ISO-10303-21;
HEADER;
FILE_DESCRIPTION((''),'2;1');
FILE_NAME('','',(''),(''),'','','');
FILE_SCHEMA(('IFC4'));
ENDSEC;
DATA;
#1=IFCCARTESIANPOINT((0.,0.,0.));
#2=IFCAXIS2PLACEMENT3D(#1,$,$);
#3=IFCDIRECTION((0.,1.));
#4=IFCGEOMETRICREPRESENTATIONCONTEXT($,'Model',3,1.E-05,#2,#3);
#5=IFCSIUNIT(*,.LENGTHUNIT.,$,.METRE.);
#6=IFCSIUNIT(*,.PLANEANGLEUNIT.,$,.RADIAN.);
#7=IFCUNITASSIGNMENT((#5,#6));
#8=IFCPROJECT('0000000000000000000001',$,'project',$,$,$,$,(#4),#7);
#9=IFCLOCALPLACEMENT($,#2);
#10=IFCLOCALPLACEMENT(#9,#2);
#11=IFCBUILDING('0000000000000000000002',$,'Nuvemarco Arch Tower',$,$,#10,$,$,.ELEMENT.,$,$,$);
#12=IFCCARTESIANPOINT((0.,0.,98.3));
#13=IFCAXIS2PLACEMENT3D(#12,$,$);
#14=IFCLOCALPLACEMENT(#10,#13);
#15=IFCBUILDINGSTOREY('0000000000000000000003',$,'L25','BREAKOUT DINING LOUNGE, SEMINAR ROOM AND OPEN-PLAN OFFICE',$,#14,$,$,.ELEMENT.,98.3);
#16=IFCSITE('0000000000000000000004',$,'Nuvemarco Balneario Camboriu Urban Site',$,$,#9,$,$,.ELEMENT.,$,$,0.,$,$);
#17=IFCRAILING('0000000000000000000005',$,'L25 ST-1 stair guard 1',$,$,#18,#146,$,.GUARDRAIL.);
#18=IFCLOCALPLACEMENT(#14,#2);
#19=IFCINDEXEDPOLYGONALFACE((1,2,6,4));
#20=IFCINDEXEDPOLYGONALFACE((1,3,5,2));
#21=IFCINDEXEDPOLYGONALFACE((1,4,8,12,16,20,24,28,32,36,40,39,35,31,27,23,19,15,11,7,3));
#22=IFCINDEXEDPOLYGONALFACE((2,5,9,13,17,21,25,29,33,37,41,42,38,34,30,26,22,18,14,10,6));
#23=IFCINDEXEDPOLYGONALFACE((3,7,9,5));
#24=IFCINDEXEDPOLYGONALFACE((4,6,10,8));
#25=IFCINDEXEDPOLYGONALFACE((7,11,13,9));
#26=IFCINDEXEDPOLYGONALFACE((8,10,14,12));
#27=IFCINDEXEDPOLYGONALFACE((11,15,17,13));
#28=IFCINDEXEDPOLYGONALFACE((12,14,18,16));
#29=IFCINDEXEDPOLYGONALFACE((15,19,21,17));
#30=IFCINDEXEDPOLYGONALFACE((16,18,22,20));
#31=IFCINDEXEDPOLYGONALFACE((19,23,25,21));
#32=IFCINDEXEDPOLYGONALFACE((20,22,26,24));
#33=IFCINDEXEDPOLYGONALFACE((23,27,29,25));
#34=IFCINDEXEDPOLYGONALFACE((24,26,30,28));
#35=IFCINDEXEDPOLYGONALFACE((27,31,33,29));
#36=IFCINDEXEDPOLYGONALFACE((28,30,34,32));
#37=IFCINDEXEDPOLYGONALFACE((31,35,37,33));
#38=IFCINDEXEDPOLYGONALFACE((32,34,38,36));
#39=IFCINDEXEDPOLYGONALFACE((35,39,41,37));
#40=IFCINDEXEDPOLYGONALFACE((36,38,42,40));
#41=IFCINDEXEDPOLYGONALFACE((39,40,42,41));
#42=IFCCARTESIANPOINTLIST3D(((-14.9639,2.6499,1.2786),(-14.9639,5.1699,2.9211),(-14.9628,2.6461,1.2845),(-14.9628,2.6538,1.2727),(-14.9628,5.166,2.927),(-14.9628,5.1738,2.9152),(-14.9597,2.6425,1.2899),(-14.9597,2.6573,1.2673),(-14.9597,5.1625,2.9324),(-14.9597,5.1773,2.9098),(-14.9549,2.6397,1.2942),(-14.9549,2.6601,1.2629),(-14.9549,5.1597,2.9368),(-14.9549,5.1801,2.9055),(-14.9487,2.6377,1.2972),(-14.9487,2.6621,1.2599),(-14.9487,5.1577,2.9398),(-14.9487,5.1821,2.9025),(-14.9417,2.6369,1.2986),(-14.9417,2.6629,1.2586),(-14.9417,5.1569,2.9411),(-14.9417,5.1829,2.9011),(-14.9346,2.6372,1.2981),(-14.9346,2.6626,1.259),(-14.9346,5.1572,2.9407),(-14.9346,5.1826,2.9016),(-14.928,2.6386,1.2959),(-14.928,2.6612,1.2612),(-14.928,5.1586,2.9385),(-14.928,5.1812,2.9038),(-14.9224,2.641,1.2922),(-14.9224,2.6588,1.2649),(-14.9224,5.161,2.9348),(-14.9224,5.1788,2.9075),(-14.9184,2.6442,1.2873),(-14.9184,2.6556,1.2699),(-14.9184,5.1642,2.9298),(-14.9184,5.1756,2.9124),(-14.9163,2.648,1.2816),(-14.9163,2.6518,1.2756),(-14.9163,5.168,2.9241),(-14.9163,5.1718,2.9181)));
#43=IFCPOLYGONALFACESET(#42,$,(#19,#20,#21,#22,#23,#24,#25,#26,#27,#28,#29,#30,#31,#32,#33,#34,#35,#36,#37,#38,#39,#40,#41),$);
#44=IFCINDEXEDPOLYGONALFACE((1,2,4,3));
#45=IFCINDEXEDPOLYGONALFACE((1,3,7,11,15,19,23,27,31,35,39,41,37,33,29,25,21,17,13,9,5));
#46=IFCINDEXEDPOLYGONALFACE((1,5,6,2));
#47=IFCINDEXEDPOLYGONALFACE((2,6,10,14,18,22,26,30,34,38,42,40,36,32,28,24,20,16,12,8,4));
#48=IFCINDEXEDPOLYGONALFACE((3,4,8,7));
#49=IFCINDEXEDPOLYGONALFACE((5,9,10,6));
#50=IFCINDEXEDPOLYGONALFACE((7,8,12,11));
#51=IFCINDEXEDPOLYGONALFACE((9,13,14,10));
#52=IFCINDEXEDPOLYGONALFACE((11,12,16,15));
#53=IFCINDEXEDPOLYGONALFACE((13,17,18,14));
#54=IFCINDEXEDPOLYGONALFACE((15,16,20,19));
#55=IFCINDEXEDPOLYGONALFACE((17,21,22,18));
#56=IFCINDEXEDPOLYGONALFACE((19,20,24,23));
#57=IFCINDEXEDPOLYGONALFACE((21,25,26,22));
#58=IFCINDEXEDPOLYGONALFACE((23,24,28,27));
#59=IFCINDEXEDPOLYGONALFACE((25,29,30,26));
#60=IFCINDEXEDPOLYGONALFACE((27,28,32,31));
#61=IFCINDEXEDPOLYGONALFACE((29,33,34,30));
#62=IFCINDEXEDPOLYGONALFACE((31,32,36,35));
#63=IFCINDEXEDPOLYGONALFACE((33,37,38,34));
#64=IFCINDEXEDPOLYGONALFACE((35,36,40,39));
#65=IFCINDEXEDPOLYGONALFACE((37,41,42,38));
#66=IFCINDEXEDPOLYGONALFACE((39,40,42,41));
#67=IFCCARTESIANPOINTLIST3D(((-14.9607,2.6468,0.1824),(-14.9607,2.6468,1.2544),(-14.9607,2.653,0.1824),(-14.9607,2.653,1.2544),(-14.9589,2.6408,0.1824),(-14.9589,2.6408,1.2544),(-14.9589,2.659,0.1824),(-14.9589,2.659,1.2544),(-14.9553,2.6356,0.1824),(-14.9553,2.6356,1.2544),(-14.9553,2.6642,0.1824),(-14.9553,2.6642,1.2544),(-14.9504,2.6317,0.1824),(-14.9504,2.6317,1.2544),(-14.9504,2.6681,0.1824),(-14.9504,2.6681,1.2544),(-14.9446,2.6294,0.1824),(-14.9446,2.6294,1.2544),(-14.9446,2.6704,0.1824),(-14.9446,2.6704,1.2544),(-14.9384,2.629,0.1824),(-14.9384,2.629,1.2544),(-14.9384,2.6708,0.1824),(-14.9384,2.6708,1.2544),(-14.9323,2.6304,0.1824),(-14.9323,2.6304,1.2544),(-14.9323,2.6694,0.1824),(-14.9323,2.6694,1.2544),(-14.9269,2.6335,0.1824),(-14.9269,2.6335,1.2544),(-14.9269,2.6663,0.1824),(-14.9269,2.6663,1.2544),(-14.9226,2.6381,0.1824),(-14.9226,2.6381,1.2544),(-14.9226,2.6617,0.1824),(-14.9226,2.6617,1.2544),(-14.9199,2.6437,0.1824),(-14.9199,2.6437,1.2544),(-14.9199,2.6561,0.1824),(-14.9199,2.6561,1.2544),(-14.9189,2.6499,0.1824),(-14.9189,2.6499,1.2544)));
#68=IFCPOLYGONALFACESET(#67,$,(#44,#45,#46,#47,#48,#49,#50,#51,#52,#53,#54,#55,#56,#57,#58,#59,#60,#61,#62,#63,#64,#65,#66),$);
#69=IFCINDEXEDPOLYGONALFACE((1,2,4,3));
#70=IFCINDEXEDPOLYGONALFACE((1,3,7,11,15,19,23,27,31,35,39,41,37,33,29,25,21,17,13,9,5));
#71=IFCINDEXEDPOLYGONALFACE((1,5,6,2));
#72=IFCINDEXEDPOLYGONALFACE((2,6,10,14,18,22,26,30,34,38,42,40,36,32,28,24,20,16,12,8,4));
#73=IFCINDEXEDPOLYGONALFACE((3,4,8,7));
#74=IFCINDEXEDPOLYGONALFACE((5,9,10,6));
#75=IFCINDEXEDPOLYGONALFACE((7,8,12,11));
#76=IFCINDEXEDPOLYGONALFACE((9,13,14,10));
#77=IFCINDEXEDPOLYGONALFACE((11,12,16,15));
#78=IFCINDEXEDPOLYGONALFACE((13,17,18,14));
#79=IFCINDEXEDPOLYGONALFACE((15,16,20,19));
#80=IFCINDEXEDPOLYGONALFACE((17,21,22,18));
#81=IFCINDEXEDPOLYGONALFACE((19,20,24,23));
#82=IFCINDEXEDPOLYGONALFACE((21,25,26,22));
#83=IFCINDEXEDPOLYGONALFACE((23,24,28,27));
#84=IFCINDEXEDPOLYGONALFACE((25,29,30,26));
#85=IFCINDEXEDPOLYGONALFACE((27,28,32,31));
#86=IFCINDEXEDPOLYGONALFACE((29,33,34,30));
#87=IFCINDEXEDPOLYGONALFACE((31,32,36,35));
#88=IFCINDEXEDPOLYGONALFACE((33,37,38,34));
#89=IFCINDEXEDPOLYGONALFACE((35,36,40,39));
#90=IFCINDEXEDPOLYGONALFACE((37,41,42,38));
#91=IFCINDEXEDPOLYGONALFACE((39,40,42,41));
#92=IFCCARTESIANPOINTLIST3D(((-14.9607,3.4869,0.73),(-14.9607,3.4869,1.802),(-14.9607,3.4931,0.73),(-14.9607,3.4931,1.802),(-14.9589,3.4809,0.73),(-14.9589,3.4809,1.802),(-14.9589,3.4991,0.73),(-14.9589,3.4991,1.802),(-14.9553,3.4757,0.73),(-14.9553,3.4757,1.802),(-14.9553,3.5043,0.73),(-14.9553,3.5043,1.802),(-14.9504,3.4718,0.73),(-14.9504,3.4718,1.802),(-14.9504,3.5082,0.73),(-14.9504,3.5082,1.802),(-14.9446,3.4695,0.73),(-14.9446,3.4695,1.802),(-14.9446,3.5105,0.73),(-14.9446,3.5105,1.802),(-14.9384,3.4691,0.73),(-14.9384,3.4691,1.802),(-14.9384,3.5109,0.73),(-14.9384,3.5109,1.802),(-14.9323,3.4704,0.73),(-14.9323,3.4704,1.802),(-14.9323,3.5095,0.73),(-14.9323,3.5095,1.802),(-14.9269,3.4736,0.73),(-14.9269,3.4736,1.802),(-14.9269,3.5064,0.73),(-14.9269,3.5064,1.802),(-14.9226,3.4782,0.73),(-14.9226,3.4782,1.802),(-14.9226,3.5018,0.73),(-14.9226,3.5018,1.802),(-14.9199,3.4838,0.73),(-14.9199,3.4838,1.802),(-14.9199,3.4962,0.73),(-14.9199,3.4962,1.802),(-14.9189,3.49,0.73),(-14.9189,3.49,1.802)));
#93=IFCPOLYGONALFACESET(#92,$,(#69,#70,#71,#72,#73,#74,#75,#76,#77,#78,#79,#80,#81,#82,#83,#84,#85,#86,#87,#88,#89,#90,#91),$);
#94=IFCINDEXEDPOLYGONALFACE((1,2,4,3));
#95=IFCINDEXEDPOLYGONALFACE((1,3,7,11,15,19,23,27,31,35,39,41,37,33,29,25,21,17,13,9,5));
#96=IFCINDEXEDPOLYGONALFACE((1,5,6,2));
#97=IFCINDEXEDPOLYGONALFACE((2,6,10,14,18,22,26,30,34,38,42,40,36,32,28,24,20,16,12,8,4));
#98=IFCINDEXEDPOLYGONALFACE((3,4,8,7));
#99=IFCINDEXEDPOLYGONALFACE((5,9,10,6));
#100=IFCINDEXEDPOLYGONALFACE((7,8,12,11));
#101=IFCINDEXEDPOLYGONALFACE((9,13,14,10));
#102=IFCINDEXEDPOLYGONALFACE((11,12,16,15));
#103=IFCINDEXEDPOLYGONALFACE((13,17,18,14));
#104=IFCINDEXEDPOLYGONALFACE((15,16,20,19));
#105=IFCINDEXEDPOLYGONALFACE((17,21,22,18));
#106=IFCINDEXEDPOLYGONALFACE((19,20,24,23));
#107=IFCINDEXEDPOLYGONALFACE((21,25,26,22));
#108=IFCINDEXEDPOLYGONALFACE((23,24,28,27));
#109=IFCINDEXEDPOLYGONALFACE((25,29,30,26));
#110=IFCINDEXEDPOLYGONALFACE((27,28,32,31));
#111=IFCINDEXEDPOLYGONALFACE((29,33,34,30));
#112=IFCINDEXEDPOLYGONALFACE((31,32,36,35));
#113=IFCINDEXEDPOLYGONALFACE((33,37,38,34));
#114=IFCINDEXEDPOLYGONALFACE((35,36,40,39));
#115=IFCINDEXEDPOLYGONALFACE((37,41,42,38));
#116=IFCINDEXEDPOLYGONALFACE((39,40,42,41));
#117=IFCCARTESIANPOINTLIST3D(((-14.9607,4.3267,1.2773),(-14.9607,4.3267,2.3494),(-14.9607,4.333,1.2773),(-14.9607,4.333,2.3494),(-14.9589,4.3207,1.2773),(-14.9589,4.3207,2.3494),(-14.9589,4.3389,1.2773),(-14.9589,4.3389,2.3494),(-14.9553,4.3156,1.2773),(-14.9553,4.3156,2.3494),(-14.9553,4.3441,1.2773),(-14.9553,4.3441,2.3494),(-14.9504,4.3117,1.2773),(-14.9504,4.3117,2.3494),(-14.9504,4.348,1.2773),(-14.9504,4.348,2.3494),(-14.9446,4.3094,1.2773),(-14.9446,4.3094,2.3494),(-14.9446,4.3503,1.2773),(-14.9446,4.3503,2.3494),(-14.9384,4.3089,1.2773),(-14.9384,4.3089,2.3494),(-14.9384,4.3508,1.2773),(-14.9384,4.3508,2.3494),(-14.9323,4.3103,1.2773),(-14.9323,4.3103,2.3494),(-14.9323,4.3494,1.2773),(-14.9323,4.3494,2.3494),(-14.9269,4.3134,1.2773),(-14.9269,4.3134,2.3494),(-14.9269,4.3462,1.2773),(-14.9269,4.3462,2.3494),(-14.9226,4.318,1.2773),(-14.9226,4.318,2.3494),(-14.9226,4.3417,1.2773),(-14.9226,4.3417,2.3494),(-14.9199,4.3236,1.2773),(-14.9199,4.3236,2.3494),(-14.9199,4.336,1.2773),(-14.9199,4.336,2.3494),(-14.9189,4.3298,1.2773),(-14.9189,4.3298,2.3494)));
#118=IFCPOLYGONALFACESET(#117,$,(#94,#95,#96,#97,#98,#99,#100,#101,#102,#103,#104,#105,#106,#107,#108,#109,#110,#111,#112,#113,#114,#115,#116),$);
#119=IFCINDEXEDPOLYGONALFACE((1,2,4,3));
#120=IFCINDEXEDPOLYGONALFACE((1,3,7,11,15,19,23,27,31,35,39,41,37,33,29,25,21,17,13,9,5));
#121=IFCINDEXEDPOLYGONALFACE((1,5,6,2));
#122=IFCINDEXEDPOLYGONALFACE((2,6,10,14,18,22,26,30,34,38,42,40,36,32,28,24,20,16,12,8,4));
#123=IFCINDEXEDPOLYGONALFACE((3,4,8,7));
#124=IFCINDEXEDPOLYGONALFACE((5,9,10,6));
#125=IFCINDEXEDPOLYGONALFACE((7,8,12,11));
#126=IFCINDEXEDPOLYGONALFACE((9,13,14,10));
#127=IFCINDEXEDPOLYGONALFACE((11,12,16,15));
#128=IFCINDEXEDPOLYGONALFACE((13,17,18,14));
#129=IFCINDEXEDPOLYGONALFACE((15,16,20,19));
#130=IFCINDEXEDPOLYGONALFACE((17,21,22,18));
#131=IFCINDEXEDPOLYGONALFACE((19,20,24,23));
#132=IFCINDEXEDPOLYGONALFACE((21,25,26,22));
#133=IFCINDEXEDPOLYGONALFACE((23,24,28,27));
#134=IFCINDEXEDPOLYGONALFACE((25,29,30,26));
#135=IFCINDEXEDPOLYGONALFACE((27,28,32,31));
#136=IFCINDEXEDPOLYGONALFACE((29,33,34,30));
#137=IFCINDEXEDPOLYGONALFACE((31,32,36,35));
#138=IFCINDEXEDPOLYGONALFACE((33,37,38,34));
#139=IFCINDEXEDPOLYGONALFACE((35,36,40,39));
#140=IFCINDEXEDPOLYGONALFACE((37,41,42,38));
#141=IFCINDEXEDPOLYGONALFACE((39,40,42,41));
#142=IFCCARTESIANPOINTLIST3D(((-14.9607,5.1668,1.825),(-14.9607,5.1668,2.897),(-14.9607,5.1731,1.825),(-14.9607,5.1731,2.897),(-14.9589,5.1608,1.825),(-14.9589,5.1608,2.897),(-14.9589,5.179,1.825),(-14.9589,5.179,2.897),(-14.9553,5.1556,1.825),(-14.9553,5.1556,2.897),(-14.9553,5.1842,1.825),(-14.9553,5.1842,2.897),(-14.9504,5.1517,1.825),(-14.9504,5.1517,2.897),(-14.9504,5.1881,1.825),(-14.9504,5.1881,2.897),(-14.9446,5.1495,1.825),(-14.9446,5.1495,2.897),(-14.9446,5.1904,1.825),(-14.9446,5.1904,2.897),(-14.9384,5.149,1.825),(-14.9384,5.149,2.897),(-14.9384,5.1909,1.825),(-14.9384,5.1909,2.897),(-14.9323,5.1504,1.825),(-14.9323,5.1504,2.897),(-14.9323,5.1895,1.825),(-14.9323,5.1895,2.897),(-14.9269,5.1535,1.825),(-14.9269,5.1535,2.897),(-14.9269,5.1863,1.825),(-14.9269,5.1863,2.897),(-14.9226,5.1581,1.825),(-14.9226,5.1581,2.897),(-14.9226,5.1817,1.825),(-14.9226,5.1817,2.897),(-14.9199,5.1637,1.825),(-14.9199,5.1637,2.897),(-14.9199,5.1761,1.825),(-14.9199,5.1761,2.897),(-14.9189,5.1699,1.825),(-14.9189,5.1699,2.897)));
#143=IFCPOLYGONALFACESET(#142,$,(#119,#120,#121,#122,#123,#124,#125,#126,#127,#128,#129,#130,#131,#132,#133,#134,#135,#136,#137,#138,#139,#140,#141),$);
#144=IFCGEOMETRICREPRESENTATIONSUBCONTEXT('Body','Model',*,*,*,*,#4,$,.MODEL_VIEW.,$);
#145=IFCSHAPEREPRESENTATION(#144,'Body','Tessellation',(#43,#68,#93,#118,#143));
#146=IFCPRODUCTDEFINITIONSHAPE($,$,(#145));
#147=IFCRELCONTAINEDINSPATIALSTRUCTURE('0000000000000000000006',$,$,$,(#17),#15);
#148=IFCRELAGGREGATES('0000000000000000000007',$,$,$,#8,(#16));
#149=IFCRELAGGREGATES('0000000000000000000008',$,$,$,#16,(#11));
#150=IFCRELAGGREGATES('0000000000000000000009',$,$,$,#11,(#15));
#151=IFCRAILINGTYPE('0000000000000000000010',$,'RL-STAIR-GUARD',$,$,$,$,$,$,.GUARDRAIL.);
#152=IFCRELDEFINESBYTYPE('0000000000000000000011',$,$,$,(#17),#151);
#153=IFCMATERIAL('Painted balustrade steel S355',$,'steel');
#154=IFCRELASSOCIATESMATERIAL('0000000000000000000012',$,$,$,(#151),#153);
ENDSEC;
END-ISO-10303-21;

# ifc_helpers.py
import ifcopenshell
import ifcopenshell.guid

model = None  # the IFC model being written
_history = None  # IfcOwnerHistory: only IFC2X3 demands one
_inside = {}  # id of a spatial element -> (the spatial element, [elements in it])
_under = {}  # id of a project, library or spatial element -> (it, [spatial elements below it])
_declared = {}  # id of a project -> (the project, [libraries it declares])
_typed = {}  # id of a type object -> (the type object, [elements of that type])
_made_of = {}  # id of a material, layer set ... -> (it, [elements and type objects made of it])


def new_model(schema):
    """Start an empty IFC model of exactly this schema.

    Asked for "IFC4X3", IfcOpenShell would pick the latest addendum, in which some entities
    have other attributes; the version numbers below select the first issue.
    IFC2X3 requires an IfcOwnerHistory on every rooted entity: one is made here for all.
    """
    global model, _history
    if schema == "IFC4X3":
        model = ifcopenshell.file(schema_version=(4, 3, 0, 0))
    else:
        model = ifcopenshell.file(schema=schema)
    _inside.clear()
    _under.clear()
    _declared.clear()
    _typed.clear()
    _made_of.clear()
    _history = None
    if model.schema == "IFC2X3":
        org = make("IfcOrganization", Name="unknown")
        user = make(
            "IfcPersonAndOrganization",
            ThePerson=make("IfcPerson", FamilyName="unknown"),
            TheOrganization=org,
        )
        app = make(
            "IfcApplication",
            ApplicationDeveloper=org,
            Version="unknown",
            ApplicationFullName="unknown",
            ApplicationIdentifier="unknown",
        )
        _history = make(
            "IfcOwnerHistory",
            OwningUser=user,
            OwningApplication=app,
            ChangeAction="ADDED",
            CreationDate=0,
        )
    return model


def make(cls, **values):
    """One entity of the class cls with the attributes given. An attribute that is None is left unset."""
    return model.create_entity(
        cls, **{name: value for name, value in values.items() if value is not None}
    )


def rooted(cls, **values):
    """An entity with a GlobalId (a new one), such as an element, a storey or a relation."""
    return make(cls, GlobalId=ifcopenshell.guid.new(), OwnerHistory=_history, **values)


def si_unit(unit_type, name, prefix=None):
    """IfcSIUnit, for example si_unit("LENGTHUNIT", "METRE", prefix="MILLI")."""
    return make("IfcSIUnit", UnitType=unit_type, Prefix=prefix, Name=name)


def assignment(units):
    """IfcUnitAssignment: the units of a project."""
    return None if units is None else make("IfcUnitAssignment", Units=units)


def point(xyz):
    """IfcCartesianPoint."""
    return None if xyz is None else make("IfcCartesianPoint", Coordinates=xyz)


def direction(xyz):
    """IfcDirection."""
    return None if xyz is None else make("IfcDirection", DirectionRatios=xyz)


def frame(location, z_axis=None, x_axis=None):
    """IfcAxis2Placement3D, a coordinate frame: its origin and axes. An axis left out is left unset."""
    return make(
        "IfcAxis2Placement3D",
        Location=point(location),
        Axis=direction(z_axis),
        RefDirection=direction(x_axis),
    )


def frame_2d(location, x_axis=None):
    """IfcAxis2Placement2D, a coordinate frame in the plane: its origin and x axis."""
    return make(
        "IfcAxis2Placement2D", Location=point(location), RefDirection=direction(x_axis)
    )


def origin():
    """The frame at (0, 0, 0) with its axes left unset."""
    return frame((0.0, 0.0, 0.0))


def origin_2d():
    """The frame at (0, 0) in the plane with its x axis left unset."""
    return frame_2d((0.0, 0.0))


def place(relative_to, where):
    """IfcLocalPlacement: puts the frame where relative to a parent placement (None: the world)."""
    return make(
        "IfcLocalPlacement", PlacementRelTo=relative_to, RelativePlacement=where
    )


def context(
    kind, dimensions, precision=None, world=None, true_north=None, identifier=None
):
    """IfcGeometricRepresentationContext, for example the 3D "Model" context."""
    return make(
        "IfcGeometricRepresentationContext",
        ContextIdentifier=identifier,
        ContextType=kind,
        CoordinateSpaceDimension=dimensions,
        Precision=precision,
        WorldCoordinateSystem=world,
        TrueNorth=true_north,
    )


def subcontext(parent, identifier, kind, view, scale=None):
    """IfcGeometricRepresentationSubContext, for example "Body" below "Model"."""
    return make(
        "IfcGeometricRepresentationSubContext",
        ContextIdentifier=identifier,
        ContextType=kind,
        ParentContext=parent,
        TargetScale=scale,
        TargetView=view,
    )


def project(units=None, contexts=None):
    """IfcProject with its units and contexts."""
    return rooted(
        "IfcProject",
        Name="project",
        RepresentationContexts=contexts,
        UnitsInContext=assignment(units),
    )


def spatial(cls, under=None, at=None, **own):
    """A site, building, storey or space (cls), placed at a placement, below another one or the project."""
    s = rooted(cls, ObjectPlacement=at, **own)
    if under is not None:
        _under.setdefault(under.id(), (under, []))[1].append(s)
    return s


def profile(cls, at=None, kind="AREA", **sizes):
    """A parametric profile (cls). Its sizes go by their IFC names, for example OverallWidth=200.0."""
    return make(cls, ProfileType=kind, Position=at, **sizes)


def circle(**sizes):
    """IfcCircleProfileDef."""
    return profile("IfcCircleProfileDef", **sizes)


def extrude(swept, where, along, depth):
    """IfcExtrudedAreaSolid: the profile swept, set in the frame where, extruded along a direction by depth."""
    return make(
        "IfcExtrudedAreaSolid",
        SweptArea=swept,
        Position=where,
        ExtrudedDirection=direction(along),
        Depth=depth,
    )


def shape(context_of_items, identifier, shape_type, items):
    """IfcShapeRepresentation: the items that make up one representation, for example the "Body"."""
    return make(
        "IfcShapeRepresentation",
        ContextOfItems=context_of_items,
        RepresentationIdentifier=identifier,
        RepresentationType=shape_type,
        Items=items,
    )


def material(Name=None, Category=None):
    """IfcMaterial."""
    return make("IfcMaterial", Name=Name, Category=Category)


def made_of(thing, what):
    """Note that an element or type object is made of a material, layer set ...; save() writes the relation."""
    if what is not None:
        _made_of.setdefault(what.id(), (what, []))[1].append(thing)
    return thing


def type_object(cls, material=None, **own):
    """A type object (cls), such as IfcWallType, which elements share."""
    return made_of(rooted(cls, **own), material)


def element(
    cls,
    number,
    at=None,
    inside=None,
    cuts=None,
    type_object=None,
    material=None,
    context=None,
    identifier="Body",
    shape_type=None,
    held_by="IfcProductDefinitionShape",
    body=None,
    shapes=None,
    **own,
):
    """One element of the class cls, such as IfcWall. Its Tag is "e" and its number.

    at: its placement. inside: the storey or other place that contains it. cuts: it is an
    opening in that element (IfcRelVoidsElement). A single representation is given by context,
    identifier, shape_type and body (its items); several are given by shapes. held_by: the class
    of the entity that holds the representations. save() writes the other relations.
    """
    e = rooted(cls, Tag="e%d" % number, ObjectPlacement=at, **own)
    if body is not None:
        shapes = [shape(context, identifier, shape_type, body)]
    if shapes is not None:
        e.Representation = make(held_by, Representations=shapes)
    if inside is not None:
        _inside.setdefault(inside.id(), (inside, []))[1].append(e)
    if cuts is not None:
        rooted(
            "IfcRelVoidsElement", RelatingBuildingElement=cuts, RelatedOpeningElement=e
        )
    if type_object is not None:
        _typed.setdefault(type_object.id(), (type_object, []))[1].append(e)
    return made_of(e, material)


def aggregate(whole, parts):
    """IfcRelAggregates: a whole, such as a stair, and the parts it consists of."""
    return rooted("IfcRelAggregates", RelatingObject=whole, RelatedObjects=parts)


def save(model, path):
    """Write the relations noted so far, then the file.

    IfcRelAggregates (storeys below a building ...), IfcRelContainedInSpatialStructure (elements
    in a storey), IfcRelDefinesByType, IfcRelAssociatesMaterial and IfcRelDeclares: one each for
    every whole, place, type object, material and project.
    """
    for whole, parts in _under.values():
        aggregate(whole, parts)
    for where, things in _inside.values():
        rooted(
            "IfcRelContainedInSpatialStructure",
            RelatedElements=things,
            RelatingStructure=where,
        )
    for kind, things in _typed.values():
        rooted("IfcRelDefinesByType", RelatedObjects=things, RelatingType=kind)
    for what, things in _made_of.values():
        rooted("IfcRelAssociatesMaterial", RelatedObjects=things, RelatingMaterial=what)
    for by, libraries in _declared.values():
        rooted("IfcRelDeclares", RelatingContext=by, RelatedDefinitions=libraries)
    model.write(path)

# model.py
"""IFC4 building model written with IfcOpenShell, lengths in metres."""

from ifc_helpers import new_model, si_unit, direction, frame, origin, origin_2d, place, context, subcontext, project, spatial, circle, extrude, material, type_object, element, save


model = new_model("IFC4")

# Units and contexts
model_context = context("Model", 3, precision=1e-05, world=origin(), true_north=direction((0.0, 1.0)))
body_context = subcontext(model_context, "Body", "Model", "MODEL_VIEW")
ifc_project = project(units=[si_unit("LENGTHUNIT", "METRE"), si_unit("PLANEANGLEUNIT", "RADIAN")], contexts=[model_context])

# Site, building, storey
site_placement = place(None, origin())
site = spatial("IfcSite", under=ifc_project, at=site_placement, Name="Nuvemarco Balneario Camboriu Urban Site", CompositionType="ELEMENT", RefElevation=0.0)
building_placement = place(site_placement, origin())
building = spatial("IfcBuilding", under=site, at=building_placement, Name="Nuvemarco Arch Tower", CompositionType="ELEMENT")
storey_placement = place(building_placement, frame((0.0, 0.0, 98.3)))
storey = spatial("IfcBuildingStorey", under=building, at=storey_placement, Name="L25", Description="BREAKOUT DINING LOUNGE, SEMINAR ROOM AND OPEN-PLAN OFFICE", CompositionType="ELEMENT", Elevation=98.3)

# Railing
ifc_material_1 = material(Name="Painted balustrade steel S355", Category="steel")
railing_type_1 = type_object("IfcRailingType", Name="RL-STAIR-GUARD", PredefinedType="GUARDRAIL", material=ifc_material_1)
railing_1_placement = place(storey_placement, frame((-14.9399, 2.6499, 0.1824)))
element("IfcRailing", 1, at=railing_1_placement, inside=storey, type_object=railing_type_1, Name="L25 ST-1 stair guard 1", PredefinedType="GUARDRAIL", context=body_context, shape_type="SweptSolid", body=[
    extrude(circle(Radius=0.0239, at=origin_2d()), frame((0.0, 0.0, 1.0962), z_axis=(0.0, 0.837749, 0.546055), x_axis=(-1.0, 0.0, 0.0)), (0.0, 0.0, 1.0), 3.0081),
    extrude(circle(Radius=0.021, at=origin_2d()), origin(), (0.0, 0.0, 1.0), 1.072),
    extrude(circle(Radius=0.021, at=origin_2d()), frame((0.0, 0.8401, 0.5476)), (0.0, 0.0, 1.0), 1.072),
    extrude(circle(Radius=0.021, at=origin_2d()), frame((0.0, 1.6799, 1.095)), (0.0, 0.0, 1.0), 1.072),
    extrude(circle(Radius=0.021, at=origin_2d()), frame((0.0, 2.52, 1.6426)), (0.0, 0.0, 1.0), 1.072),
])

save(model, "model.ifc")
